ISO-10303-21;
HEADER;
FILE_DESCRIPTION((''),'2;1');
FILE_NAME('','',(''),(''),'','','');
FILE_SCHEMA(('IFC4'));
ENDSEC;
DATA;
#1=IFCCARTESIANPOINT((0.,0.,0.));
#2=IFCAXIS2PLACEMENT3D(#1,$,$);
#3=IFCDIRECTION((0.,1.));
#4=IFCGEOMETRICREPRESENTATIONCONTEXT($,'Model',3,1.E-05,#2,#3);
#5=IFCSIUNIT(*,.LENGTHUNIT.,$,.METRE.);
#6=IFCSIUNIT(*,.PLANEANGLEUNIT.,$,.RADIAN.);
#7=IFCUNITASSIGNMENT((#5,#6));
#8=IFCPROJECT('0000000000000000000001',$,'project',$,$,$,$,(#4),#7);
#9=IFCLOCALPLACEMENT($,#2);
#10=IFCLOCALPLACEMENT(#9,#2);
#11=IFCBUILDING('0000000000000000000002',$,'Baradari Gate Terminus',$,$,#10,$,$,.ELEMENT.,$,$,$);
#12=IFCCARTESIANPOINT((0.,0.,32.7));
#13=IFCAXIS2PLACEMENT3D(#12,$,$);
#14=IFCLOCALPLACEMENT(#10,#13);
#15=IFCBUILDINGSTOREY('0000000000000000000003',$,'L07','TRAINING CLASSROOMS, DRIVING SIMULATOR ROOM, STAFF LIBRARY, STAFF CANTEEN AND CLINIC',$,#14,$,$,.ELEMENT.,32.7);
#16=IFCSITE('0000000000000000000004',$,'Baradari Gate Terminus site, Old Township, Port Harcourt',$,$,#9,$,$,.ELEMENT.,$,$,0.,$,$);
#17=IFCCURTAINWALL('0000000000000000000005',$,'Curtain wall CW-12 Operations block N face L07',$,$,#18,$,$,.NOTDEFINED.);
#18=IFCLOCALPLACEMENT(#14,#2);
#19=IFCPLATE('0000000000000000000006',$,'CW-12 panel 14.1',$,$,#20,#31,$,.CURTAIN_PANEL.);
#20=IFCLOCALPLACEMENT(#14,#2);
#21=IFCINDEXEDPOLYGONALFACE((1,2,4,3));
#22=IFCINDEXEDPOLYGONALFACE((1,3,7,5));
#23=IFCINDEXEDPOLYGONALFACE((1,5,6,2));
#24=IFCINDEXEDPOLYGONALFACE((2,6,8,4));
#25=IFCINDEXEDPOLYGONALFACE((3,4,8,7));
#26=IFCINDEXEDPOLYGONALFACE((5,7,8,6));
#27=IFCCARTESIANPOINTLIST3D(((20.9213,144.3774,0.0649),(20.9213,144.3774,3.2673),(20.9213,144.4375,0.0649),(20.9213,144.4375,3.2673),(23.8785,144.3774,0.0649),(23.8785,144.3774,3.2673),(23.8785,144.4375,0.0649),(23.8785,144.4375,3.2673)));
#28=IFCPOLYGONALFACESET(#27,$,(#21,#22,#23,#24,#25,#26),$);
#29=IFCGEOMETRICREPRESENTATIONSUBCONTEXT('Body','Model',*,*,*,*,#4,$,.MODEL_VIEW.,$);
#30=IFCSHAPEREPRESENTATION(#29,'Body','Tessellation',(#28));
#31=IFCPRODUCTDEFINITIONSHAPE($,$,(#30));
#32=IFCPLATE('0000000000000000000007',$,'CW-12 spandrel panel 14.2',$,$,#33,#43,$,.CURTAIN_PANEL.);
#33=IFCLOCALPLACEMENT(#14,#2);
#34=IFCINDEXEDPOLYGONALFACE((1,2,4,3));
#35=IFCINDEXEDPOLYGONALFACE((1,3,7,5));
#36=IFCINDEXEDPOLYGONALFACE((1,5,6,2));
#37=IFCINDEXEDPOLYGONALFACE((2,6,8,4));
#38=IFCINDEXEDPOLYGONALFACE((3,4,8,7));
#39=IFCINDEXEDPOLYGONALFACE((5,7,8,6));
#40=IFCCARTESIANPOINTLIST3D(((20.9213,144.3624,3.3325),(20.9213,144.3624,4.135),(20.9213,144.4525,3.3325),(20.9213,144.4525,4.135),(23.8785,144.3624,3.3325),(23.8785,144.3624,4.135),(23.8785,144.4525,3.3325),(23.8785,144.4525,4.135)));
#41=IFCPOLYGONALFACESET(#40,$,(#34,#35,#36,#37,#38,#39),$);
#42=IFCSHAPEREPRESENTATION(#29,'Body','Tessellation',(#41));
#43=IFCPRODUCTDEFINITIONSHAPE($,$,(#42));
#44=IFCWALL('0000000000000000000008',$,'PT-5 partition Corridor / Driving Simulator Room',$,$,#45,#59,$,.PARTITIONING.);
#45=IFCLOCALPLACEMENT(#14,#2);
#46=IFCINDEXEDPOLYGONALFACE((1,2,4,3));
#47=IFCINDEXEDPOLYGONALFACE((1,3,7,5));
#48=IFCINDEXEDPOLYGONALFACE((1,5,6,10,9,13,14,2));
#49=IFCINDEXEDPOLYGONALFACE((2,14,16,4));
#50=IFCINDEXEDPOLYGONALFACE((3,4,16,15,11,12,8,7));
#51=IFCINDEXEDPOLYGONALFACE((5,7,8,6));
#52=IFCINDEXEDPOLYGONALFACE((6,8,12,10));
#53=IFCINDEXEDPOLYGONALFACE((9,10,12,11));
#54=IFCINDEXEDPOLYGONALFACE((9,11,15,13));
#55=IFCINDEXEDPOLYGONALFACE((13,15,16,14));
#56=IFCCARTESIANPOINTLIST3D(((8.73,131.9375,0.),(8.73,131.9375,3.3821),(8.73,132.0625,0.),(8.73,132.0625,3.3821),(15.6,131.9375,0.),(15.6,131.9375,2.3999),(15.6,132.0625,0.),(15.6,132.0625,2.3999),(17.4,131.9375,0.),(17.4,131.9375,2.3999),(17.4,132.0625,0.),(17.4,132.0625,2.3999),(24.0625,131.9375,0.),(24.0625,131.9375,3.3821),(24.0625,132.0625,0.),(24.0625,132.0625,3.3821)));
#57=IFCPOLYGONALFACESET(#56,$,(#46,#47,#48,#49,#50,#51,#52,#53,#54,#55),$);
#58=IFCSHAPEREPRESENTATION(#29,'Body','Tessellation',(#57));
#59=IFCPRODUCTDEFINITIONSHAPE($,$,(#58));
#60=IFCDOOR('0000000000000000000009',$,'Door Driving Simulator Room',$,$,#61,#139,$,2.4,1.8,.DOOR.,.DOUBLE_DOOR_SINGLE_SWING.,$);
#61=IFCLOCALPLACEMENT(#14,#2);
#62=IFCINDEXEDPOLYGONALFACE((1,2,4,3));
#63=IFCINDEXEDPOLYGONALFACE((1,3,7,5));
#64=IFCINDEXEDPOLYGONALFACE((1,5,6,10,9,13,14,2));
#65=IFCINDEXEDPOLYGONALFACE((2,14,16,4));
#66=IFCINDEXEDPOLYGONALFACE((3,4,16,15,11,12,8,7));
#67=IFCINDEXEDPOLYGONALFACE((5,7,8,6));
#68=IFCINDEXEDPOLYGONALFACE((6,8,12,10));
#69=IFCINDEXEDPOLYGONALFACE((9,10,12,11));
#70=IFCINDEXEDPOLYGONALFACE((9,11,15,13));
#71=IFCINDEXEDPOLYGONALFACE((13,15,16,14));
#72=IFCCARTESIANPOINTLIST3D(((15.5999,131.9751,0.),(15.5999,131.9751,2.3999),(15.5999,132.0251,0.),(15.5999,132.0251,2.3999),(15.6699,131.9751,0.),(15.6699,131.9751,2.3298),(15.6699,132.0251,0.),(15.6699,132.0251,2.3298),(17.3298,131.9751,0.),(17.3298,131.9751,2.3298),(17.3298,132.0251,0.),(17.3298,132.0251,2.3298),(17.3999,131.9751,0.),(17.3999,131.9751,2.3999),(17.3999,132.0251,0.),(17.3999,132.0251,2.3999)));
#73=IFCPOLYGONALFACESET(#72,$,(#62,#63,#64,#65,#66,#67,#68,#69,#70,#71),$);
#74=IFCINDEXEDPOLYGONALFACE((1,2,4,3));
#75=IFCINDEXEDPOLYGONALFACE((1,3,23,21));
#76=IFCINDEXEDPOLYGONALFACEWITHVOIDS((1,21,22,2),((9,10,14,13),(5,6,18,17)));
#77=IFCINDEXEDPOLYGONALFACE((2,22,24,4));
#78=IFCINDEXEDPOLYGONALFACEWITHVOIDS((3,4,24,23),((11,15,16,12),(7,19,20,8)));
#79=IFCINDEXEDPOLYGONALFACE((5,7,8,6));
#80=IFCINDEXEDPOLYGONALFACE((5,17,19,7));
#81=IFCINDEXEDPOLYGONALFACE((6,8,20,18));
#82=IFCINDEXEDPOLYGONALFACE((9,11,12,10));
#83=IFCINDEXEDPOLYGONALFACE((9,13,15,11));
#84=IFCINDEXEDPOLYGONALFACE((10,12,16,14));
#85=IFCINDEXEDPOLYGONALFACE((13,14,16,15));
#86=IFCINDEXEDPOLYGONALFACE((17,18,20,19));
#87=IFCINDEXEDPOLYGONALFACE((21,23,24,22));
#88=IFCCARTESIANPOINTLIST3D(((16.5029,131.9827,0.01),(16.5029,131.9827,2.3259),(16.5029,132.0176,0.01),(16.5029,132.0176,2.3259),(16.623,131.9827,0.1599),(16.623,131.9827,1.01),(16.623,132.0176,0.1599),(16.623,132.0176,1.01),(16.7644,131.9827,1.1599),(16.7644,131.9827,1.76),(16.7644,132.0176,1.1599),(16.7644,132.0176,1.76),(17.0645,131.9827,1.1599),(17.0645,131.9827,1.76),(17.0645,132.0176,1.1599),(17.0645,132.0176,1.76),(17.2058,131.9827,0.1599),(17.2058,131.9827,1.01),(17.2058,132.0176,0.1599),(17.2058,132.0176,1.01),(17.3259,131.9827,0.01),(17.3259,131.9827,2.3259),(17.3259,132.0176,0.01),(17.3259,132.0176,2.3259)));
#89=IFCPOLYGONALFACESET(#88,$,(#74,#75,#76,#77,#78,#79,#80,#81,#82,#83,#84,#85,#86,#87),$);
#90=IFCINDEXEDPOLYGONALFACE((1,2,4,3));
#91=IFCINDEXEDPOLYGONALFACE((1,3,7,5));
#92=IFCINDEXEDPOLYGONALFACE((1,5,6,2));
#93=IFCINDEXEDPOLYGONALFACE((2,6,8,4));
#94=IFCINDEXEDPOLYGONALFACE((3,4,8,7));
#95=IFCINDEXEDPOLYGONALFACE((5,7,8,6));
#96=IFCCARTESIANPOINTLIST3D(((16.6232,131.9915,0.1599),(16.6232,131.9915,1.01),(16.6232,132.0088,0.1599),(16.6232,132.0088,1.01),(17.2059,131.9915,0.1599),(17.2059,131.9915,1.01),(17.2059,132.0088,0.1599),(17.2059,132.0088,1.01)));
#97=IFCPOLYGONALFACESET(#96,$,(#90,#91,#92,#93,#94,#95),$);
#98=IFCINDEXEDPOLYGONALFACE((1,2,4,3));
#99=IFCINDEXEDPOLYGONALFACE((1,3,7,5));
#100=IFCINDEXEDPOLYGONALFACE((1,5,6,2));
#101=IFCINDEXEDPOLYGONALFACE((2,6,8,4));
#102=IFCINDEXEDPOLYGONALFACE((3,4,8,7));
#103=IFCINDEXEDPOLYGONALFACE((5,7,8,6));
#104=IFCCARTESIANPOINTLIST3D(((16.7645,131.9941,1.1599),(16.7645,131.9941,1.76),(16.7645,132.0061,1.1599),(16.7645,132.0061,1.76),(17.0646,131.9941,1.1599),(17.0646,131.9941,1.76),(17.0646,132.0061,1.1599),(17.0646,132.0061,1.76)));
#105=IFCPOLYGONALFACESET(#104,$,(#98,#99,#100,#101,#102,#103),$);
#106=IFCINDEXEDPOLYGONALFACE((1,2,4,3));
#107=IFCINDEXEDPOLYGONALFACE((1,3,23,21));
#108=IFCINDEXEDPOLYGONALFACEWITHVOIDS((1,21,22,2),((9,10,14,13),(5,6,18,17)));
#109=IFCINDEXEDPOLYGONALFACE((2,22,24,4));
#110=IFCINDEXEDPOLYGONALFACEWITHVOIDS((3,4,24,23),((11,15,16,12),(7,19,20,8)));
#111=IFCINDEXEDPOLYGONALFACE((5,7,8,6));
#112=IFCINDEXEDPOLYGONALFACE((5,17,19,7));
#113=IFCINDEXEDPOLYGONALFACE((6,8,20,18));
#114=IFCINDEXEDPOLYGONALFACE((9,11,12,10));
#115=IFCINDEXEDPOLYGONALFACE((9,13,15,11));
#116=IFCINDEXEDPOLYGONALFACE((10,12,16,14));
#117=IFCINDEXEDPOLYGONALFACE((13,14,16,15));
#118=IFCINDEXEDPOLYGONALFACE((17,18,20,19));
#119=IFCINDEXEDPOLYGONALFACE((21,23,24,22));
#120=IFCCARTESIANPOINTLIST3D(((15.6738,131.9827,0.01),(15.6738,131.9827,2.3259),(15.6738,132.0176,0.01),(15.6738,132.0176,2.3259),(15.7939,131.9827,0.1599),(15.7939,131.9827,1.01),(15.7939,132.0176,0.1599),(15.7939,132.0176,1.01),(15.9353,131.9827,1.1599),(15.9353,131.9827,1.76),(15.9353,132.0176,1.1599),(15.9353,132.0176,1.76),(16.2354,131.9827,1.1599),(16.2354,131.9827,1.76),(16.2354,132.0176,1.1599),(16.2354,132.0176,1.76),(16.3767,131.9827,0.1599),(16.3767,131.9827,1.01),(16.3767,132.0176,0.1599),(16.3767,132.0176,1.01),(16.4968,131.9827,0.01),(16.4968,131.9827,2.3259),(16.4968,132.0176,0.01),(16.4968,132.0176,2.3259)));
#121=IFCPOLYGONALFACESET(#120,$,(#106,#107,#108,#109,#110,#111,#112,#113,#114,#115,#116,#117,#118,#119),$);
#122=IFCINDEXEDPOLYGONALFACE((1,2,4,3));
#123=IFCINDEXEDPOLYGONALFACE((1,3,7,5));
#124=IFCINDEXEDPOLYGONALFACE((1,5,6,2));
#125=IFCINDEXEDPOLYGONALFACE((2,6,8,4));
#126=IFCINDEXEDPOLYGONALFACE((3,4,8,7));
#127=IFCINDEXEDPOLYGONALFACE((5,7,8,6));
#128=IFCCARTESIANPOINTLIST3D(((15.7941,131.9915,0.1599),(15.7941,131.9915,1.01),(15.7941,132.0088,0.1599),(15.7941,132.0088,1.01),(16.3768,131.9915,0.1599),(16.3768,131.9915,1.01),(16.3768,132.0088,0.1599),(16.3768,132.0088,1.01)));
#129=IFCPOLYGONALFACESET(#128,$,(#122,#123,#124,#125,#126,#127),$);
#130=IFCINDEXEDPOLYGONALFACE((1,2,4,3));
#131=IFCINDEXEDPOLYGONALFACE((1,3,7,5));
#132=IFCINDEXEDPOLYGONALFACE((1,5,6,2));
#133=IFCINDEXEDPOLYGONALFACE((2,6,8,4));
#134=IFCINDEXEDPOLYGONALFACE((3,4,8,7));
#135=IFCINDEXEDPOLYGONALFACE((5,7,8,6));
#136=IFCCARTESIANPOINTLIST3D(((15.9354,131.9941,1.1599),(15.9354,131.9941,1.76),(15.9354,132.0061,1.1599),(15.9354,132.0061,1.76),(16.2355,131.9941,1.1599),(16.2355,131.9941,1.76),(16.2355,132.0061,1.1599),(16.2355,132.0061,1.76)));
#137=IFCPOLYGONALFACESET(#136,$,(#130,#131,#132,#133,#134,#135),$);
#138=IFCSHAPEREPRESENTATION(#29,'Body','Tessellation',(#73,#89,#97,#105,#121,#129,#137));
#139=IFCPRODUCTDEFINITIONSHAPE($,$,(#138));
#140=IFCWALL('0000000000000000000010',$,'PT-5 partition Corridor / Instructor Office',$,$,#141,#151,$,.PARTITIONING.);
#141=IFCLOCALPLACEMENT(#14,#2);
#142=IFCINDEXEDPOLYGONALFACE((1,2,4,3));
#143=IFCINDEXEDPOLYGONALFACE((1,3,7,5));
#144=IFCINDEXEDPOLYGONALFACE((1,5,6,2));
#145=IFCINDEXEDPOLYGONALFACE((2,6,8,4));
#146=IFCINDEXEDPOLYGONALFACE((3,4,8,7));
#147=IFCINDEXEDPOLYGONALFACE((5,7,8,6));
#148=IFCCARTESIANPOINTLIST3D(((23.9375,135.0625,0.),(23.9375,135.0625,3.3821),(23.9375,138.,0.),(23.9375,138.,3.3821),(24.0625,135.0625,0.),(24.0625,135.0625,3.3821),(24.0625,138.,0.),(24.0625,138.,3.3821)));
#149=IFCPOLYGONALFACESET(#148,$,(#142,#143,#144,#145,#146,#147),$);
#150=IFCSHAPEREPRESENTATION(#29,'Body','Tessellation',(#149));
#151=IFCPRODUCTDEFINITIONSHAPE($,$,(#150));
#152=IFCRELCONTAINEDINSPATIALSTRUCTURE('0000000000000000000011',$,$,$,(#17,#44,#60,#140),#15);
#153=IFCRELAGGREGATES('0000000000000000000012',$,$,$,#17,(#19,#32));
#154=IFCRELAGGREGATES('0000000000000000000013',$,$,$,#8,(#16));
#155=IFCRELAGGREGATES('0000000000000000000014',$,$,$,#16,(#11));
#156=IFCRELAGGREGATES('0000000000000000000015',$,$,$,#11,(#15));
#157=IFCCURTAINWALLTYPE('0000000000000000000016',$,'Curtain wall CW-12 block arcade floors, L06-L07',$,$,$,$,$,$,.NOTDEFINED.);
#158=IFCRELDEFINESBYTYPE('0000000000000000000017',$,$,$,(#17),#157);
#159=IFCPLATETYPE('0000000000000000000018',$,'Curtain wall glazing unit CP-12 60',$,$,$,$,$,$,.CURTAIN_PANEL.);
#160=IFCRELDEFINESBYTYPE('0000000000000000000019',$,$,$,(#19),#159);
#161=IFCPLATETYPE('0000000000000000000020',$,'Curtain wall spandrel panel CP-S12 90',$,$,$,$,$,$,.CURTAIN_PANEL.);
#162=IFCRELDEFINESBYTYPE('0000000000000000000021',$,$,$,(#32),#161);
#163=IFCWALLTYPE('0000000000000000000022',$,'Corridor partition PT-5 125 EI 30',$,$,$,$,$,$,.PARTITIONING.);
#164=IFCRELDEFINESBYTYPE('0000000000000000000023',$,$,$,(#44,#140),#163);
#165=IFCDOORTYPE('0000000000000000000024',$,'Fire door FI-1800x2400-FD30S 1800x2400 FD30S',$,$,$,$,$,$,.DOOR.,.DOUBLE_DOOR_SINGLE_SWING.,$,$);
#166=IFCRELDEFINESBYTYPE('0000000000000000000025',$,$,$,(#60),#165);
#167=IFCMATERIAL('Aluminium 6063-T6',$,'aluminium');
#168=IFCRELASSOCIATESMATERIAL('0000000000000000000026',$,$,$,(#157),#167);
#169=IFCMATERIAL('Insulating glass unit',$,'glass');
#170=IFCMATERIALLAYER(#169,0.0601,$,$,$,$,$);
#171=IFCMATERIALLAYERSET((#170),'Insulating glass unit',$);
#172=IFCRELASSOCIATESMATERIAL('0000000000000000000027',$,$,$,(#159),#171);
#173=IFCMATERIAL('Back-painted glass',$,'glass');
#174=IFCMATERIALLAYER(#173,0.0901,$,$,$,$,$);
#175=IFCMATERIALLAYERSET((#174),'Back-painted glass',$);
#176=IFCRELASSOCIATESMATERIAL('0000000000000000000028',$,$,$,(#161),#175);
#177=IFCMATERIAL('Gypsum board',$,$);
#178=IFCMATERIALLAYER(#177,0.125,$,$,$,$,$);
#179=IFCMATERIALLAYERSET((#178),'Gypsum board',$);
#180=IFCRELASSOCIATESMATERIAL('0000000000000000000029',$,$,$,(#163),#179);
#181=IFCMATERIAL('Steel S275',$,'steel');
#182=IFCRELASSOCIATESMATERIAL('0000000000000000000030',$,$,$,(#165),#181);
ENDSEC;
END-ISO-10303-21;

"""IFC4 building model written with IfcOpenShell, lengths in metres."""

from ifc_helpers import new_model, si_unit, direction, frame, frame_2d, origin, origin_2d, place, context, subcontext, project, spatial, polyline, rectangle, outline, extrude, material, layer, layer_set, type_object, element, fill, aggregate, save


model = new_model("IFC4")

# Units and contexts
model_context = context("Model", 3, precision=1e-05, world=origin(), true_north=direction((0.0, 1.0)))
body_context = subcontext(model_context, "Body", "Model", "MODEL_VIEW")
ifc_project = project(units=[si_unit("LENGTHUNIT", "METRE"), si_unit("PLANEANGLEUNIT", "RADIAN")], contexts=[model_context])

# Site, building, storey
site_placement = place(None, origin())
site = spatial("IfcSite", under=ifc_project, at=site_placement, Name="Baradari Gate Terminus site, Old Township, Port Harcourt", CompositionType="ELEMENT", RefElevation=0.0)
building_placement = place(site_placement, origin())
building = spatial("IfcBuilding", under=site, at=building_placement, Name="Baradari Gate Terminus", CompositionType="ELEMENT")
storey_placement = place(building_placement, frame((0.0, 0.0, 32.7)))
storey = spatial("IfcBuildingStorey", under=building, at=storey_placement, Name="L07", Description="TRAINING CLASSROOMS, DRIVING SIMULATOR ROOM, STAFF LIBRARY, STAFF CANTEEN AND CLINIC", CompositionType="ELEMENT", Elevation=32.7)

# Curtain wall
ifc_material_1 = material(Name="Aluminium 6063-T6", Category="aluminium")
curtain_wall_type = type_object("IfcCurtainWallType", Name="Curtain wall CW-12 block arcade floors, L06-L07", PredefinedType="NOTDEFINED", material=ifc_material_1)
curtain_wall_placement = place(storey_placement, origin())
curtain_wall = element("IfcCurtainWall", 1, at=curtain_wall_placement, inside=storey, type_object=curtain_wall_type, Name="Curtain wall CW-12 Operations block N face L07", PredefinedType="NOTDEFINED")

# Plates
ifc_material_2 = material(Name="Insulating glass unit", Category="glass")
ifc_layer_1 = layer(ifc_material_2, 0.0601)
ifc_layer_set_1 = layer_set([ifc_layer_1], Name="Insulating glass unit")
plate_type_1 = type_object("IfcPlateType", Name="Curtain wall glazing unit CP-12 60", PredefinedType="CURTAIN_PANEL", material=ifc_layer_set_1)
plate_1_placement = place(storey_placement, frame((22.3999, 144.4075, 0.0649), z_axis=(0.0, 0.0, 1.0), x_axis=(-1.0, 0.0, 0.0)))
plate_1 = element("IfcPlate", 2, at=plate_1_placement, type_object=plate_type_1, Name="CW-12 panel 14.1", PredefinedType="CURTAIN_PANEL", context=body_context, shape_type="SweptSolid", body=[
    extrude(rectangle(XDim=2.9573, YDim=0.0601, at=origin_2d()), origin(), (0.0, 0.0, 1.0), 3.2024),
])
ifc_material_3 = material(Name="Back-painted glass", Category="glass")
ifc_layer_2 = layer(ifc_material_3, 0.0901)
ifc_layer_set_2 = layer_set([ifc_layer_2], Name="Back-painted glass")
plate_type_2 = type_object("IfcPlateType", Name="Curtain wall spandrel panel CP-S12 90", PredefinedType="CURTAIN_PANEL", material=ifc_layer_set_2)
plate_2_placement = place(storey_placement, frame((22.3999, 144.4075, 3.3325), z_axis=(0.0, 0.0, 1.0), x_axis=(-1.0, 0.0, 0.0)))
plate_2 = element("IfcPlate", 3, at=plate_2_placement, type_object=plate_type_2, Name="CW-12 spandrel panel 14.2", PredefinedType="CURTAIN_PANEL", context=body_context, shape_type="SweptSolid", body=[
    extrude(rectangle(XDim=2.9573, YDim=0.0901, at=origin_2d()), origin(), (0.0, 0.0, 1.0), 0.8025),
])
aggregate(curtain_wall, [plate_1, plate_2])

# Wall, opening, door
ifc_material_4 = material(Name="Gypsum board")
ifc_layer_3 = layer(ifc_material_4, 0.125)
ifc_layer_set_3 = layer_set([ifc_layer_3], Name="Gypsum board")
wall_type_1 = type_object("IfcWallType", Name="Corridor partition PT-5 125 EI 30", PredefinedType="PARTITIONING", material=ifc_layer_set_3)
wall_1_placement = place(storey_placement, frame((24.0625, 132.0, 0.0), z_axis=(0.0, 0.0, 1.0), x_axis=(-1.0, 0.0, 0.0)))
wall_1 = element("IfcWall", 4, at=wall_1_placement, inside=storey, type_object=wall_type_1, Name="PT-5 partition Corridor / Driving Simulator Room", PredefinedType="PARTITIONING", context=body_context, shape_type="SweptSolid", body=[
    extrude(rectangle(XDim=15.3325, YDim=0.125, at=frame_2d((7.6663, 0.0))), origin(), (0.0, 0.0, 1.0), 3.3821),
])
opening_1_placement = place(wall_1_placement, frame((6.6626, 0.0, 0.0)))
opening_1 = element("IfcOpeningElement", 5, at=opening_1_placement, cuts=wall_1, PredefinedType="OPENING", context=body_context, shape_type="SweptSolid", body=[
    extrude(rectangle(XDim=1.8, YDim=2.3999, at=frame_2d((0.8999, 1.2))), frame((0.0, 0.0725, 0.0), z_axis=(0.0, -1.0, 0.0), x_axis=(1.0, 0.0, 0.0)), (0.0, 0.0, 1.0), 0.145),
])
ifc_material_5 = material(Name="Steel S275", Category="steel")
door_type_1 = type_object("IfcDoorType", Name="Fire door FI-1800x2400-FD30S 1800x2400 FD30S", OperationType="DOUBLE_DOOR_SINGLE_SWING", PredefinedType="DOOR", material=ifc_material_5)
door_1_placement = place(opening_1_placement, origin())
door_1 = element("IfcDoor", 6, at=door_1_placement, inside=storey, type_object=door_type_1, Name="Door Driving Simulator Room", OperationType="DOUBLE_DOOR_SINGLE_SWING", OverallHeight=2.4, OverallWidth=1.8, PredefinedType="DOOR", context=body_context, shape_type="SweptSolid", body=[
    extrude(outline(polyline([(0.0, 0.0), (0.0701, 0.0), (0.0701, 2.3298), (1.73, 2.3298), (1.73, 0.0), (1.8, 0.0), (1.8, 2.3999), (0.0, 2.3999), (0.0, 0.0)])), frame((0.0, 0.0249, 0.0), z_axis=(0.0, -1.0, 0.0), x_axis=(1.0, 0.0, 0.0)), (0.0, 0.0, 1.0), 0.05),
    extrude(outline(polyline([(0.074, 0.01), (0.897, 0.01), (0.897, 2.3259), (0.074, 2.3259), (0.074, 0.01)]), holes=[polyline([(0.1941, 0.1599), (0.7769, 0.1599), (0.7769, 1.01), (0.1941, 1.01), (0.1941, 0.1599)]), polyline([(0.3354, 1.1599), (0.6355, 1.1599), (0.6355, 1.76), (0.3354, 1.76), (0.3354, 1.1599)])]), frame((0.0, 0.0173, 0.0), z_axis=(0.0, -1.0, 0.0), x_axis=(1.0, 0.0, 0.0)), (0.0, 0.0, 1.0), 0.0349),
    extrude(rectangle(XDim=0.5828, YDim=0.8501, at=frame_2d((0.4854, 0.585))), frame((0.0, 0.0085, 0.0), z_axis=(0.0, -1.0, 0.0), x_axis=(1.0, 0.0, 0.0)), (0.0, 0.0, 1.0), 0.0173),
    extrude(rectangle(XDim=0.3, YDim=0.6001, at=frame_2d((0.4854, 1.46))), frame((0.0, 0.0059, 0.0), z_axis=(0.0, -1.0, 0.0), x_axis=(1.0, 0.0, 0.0)), (0.0, 0.0, 1.0), 0.012),
    extrude(outline(polyline([(0.9031, 0.01), (1.7261, 0.01), (1.7261, 2.3259), (0.9031, 2.3259), (0.9031, 0.01)]), holes=[polyline([(1.0232, 0.1599), (1.606, 0.1599), (1.606, 1.01), (1.0232, 1.01), (1.0232, 0.1599)]), polyline([(1.1646, 1.1599), (1.4646, 1.1599), (1.4646, 1.76), (1.1646, 1.76), (1.1646, 1.1599)])]), frame((0.0, 0.0173, 0.0), z_axis=(0.0, -1.0, 0.0), x_axis=(1.0, 0.0, 0.0)), (0.0, 0.0, 1.0), 0.0349),
    extrude(rectangle(XDim=0.5828, YDim=0.8501, at=frame_2d((1.3145, 0.585))), frame((0.0, 0.0085, 0.0), z_axis=(0.0, -1.0, 0.0), x_axis=(1.0, 0.0, 0.0)), (0.0, 0.0, 1.0), 0.0173),
    extrude(rectangle(XDim=0.3, YDim=0.6001, at=frame_2d((1.3145, 1.46))), frame((0.0, 0.0059, 0.0), z_axis=(0.0, -1.0, 0.0), x_axis=(1.0, 0.0, 0.0)), (0.0, 0.0, 1.0), 0.012),
])
fill(opening_1, door_1)

# Wall
wall_2_placement = place(storey_placement, frame((24.0, 135.0625, 0.0), z_axis=(0.0, 0.0, 1.0), x_axis=(0.0, 1.0, 0.0)))
element("IfcWall", 7, at=wall_2_placement, inside=storey, type_object=wall_type_1, Name="PT-5 partition Corridor / Instructor Office", PredefinedType="PARTITIONING", context=body_context, shape_type="SweptSolid", body=[
    extrude(rectangle(XDim=2.9375, YDim=0.125, at=frame_2d((1.4688, 0.0))), origin(), (0.0, 0.0, 1.0), 3.3821),
])

save(model, "model.ifc")
